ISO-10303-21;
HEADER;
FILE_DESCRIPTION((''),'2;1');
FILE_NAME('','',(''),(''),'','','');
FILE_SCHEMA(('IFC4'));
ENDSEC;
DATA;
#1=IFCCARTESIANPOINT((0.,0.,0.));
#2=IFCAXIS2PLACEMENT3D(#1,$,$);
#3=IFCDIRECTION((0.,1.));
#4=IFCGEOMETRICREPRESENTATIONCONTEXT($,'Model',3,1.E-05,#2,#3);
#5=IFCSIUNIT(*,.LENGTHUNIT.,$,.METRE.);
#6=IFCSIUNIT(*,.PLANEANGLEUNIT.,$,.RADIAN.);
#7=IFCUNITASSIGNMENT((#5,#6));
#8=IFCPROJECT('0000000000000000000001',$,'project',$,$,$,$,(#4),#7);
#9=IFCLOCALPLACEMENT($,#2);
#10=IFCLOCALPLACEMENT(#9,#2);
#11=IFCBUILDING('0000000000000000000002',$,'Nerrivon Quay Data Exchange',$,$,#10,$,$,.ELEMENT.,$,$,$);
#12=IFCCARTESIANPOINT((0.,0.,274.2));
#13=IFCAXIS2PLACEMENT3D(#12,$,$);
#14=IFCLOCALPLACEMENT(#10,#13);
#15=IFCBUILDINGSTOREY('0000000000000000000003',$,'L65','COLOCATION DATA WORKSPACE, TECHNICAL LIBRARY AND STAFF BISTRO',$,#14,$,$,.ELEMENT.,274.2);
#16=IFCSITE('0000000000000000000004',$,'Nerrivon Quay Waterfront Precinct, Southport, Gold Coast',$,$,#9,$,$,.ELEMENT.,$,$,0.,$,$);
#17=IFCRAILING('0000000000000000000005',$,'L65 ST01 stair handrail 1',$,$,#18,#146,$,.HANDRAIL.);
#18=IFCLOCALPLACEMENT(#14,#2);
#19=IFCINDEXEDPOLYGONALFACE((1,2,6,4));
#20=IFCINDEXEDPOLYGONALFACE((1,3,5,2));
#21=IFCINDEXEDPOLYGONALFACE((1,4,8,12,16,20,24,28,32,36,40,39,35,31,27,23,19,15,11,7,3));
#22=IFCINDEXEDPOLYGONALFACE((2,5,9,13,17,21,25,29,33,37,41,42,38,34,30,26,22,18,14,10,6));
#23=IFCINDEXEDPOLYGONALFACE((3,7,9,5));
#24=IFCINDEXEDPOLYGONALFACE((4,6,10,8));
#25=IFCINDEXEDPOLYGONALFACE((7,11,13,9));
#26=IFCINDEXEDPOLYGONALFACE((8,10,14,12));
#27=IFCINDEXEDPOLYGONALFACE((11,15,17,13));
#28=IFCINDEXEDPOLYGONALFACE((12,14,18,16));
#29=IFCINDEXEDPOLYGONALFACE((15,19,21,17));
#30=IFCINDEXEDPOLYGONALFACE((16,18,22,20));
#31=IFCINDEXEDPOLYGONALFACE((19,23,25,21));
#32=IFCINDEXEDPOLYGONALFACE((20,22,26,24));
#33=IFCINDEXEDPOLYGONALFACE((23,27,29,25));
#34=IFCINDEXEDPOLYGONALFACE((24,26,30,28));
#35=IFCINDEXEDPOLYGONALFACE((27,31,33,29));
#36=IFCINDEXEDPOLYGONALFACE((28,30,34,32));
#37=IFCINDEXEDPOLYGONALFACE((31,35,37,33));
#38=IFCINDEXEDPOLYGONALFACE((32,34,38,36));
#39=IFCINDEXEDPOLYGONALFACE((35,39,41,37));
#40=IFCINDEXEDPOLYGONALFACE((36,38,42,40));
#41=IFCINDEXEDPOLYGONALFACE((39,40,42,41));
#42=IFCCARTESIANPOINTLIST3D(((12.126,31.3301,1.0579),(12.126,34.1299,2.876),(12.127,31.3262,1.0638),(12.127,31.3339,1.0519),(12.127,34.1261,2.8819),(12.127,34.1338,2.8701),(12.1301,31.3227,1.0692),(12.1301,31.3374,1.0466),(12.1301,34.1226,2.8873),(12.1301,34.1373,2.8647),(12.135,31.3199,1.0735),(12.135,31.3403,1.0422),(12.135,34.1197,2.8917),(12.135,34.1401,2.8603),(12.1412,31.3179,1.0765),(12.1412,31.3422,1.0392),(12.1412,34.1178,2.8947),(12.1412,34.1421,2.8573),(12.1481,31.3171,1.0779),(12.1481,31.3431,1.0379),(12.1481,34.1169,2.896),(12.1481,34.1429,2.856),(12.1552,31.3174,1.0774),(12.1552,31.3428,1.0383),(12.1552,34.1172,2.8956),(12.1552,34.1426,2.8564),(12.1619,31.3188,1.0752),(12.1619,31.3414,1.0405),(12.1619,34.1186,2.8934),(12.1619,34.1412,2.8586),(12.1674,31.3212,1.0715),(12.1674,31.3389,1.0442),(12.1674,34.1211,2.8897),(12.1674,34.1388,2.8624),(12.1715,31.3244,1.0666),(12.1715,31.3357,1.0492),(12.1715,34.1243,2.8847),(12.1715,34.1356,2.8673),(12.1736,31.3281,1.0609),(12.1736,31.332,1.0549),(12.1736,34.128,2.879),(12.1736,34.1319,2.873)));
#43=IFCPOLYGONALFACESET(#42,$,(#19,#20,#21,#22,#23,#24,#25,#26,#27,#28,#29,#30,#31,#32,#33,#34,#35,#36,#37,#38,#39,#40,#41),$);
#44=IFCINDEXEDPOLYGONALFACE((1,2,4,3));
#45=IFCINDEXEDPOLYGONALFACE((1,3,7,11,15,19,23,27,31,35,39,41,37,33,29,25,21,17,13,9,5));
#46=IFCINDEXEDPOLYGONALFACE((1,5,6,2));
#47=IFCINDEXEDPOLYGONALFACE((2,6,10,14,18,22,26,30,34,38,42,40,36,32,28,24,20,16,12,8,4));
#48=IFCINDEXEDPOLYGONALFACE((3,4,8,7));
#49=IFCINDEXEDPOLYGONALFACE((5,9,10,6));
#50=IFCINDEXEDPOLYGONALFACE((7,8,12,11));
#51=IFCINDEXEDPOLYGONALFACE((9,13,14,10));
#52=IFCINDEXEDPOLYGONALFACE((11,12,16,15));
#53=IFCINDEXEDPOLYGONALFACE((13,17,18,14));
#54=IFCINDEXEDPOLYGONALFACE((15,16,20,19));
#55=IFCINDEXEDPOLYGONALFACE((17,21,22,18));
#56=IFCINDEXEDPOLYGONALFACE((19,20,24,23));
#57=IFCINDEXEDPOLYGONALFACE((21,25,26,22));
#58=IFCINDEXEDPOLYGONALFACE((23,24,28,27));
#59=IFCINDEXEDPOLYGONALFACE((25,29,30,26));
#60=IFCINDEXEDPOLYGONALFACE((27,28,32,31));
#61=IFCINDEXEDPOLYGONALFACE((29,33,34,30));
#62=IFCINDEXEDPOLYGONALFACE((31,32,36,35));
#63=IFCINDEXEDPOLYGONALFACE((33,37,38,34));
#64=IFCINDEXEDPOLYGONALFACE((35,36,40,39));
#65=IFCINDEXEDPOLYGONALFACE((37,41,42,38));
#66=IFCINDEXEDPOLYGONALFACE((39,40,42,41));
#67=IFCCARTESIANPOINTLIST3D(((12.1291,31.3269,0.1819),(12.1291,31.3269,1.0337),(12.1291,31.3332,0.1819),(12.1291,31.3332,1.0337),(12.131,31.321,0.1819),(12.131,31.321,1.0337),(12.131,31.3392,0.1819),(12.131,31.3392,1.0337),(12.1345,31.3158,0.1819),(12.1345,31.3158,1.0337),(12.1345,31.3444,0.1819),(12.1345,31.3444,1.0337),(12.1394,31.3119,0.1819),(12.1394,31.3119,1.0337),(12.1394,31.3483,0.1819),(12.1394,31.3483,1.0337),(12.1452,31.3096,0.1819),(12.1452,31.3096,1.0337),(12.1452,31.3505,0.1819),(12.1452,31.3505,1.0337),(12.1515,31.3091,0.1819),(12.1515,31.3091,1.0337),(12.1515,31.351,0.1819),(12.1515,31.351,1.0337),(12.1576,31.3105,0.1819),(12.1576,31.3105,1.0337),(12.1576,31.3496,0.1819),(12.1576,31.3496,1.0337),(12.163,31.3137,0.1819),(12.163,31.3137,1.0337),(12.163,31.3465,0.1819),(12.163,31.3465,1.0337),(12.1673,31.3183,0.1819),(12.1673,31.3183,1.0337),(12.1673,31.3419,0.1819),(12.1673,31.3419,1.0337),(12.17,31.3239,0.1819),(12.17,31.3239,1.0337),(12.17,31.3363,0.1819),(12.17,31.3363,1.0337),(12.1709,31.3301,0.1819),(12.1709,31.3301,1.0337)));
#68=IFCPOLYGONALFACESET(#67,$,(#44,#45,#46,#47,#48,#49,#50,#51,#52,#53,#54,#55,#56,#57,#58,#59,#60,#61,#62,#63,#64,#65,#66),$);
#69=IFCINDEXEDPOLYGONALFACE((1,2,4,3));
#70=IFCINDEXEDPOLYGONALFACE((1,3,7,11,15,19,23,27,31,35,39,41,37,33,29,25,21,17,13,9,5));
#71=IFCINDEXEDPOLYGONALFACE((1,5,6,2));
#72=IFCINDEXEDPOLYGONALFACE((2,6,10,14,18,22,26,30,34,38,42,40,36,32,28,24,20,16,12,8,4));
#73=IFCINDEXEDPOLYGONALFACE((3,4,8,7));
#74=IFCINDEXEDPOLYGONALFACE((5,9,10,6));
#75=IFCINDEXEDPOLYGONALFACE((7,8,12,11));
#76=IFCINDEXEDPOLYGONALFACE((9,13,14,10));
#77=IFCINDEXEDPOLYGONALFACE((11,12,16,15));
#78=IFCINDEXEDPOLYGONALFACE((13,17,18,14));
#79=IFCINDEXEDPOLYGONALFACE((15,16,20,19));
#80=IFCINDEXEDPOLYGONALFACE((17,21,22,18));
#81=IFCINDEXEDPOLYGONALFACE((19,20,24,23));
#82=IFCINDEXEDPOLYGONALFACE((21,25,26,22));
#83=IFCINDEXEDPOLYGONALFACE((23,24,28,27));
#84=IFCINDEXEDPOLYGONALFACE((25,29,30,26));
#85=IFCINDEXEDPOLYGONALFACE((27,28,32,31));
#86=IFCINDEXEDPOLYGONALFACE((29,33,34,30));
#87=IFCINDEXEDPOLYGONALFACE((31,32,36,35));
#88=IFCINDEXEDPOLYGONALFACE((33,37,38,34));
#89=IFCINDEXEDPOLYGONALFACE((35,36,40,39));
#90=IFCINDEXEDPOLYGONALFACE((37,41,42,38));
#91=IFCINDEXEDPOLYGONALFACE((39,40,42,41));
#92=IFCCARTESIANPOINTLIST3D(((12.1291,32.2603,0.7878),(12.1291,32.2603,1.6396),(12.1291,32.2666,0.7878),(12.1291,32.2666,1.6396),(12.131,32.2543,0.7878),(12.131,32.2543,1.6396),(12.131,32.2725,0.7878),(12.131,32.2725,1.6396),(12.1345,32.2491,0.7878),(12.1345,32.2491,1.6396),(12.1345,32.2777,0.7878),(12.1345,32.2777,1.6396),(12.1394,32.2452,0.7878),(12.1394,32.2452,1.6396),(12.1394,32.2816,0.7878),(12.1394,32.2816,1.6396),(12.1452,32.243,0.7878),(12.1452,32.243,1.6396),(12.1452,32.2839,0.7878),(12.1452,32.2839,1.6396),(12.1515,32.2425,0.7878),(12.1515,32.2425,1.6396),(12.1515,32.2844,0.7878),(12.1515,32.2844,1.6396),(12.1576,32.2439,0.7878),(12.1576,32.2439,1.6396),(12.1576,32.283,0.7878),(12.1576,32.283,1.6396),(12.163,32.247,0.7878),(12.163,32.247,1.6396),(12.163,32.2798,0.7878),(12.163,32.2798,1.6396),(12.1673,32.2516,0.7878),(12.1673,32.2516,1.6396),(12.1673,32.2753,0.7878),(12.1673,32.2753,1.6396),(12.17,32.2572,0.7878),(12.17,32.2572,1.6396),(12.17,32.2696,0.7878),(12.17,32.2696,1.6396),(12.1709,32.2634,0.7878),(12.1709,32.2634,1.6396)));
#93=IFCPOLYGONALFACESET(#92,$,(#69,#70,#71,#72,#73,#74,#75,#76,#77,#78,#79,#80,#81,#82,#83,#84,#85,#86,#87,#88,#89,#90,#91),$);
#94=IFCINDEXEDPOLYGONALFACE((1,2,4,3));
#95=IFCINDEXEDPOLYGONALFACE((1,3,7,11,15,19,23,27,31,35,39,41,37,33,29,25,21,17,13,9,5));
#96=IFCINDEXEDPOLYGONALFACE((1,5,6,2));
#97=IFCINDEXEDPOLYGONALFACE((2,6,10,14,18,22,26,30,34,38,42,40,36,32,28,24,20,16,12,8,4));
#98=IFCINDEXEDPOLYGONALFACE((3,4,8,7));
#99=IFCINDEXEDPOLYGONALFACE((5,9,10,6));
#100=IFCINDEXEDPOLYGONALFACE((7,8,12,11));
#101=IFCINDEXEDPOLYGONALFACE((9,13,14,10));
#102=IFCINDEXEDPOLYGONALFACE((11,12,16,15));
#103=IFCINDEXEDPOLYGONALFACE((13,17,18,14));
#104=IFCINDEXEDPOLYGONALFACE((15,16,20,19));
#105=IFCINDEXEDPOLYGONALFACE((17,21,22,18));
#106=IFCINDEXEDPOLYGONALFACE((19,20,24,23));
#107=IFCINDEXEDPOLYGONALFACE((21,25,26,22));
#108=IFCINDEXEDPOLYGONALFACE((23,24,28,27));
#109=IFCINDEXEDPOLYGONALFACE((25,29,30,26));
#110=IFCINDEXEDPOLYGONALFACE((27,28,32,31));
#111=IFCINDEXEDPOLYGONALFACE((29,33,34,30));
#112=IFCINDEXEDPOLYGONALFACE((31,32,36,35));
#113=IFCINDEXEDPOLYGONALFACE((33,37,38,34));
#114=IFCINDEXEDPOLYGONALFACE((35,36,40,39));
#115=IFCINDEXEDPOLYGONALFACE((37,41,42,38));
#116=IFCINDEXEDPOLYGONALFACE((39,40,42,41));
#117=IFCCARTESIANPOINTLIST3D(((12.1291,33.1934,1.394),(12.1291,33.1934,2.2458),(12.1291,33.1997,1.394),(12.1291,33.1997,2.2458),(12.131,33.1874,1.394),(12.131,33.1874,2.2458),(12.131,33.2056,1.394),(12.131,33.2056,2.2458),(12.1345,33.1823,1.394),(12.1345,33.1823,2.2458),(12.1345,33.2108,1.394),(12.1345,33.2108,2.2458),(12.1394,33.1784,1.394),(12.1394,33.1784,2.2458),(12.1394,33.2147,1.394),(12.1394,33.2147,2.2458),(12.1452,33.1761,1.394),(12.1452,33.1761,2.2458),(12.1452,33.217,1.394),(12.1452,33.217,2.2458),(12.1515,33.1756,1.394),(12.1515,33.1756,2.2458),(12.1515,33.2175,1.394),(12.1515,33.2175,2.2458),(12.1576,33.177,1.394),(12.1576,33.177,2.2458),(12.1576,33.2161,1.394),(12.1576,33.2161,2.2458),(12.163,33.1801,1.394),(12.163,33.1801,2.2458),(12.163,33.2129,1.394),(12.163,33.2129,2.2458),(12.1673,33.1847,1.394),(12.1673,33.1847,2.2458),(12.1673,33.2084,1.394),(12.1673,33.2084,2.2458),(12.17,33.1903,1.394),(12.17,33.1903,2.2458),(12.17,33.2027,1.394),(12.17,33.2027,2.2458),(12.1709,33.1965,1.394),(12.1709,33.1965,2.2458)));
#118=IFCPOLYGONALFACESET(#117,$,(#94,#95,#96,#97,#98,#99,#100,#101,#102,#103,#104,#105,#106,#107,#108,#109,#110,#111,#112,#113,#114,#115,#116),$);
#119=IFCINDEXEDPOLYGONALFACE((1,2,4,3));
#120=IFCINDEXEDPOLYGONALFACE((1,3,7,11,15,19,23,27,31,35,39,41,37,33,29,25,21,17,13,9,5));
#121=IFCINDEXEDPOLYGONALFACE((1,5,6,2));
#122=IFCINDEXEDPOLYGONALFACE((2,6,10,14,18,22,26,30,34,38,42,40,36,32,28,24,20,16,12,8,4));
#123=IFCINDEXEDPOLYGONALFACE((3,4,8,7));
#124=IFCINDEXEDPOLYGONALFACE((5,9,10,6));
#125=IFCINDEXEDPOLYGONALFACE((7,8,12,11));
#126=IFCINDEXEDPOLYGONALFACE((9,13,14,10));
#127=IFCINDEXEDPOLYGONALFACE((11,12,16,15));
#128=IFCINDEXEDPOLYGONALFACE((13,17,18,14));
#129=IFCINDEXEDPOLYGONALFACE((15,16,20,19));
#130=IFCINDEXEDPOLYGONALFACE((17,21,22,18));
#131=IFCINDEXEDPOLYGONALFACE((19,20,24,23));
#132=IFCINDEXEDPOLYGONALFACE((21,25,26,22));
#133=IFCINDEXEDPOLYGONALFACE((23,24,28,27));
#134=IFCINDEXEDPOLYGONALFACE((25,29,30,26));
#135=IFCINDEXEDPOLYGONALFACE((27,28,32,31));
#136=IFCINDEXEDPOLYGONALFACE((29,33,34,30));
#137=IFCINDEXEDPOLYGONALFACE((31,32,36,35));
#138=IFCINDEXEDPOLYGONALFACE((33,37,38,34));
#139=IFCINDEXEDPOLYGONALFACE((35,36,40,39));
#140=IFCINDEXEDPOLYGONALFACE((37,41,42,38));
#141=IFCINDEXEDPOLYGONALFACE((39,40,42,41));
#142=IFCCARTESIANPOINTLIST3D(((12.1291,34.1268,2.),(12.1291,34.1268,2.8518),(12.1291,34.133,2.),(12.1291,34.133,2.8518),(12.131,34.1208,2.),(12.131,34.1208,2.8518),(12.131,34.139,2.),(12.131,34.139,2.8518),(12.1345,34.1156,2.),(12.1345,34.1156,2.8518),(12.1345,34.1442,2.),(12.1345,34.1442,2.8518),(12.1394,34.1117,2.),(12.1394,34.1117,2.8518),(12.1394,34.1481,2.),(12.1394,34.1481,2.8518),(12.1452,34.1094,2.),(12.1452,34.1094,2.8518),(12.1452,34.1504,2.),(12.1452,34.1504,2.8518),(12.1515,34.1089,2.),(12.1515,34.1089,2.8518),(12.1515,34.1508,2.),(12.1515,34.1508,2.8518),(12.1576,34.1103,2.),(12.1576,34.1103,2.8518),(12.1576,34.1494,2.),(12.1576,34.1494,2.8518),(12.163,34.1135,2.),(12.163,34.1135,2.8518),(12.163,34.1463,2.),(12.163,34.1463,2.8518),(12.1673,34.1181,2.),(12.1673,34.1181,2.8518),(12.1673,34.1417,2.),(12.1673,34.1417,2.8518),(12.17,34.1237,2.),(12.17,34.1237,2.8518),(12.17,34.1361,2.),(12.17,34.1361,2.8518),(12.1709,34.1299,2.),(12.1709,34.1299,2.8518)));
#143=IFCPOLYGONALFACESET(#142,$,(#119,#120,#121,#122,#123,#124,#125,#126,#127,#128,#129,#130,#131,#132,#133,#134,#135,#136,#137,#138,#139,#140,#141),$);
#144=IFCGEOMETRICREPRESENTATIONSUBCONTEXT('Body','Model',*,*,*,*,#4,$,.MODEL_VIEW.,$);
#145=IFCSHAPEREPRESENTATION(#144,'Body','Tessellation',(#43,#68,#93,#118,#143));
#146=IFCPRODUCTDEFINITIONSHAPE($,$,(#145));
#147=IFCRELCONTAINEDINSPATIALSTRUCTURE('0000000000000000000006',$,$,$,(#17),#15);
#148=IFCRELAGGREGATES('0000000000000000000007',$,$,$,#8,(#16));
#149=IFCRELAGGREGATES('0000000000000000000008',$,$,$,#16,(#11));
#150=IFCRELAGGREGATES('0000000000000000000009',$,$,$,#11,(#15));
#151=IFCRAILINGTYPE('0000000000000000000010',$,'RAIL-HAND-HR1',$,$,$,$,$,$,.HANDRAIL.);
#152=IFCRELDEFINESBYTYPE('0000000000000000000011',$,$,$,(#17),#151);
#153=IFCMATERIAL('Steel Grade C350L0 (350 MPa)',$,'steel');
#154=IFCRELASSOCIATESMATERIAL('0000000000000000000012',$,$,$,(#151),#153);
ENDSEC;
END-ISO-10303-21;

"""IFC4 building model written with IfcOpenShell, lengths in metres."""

from ifc_helpers import new_model, si_unit, direction, frame, origin, origin_2d, place, context, subcontext, project, spatial, circle, extrude, material, type_object, element, save


model = new_model("IFC4")

# Units and contexts
model_context = context("Model", 3, precision=1e-05, world=origin(), true_north=direction((0.0, 1.0)))
body_context = subcontext(model_context, "Body", "Model", "MODEL_VIEW")
ifc_project = project(units=[si_unit("LENGTHUNIT", "METRE"), si_unit("PLANEANGLEUNIT", "RADIAN")], contexts=[model_context])

# Site, building, storey
site_placement = place(None, origin())
site = spatial("IfcSite", under=ifc_project, at=site_placement, Name="Nerrivon Quay Waterfront Precinct, Southport, Gold Coast", CompositionType="ELEMENT", RefElevation=0.0)
building_placement = place(site_placement, origin())
building = spatial("IfcBuilding", under=site, at=building_placement, Name="Nerrivon Quay Data Exchange", CompositionType="ELEMENT")
storey_placement = place(building_placement, frame((0.0, 0.0, 274.2)))
storey = spatial("IfcBuildingStorey", under=building, at=storey_placement, Name="L65", Description="COLOCATION DATA WORKSPACE, TECHNICAL LIBRARY AND STAFF BISTRO", CompositionType="ELEMENT", Elevation=274.2)

# Railing
ifc_material_1 = material(Name="Steel Grade C350L0 (350 MPa)", Category="steel")
railing_type_1 = type_object("IfcRailingType", Name="RAIL-HAND-HR1", PredefinedType="HANDRAIL", material=ifc_material_1)
railing_1_placement = place(storey_placement, frame((12.1499, 31.3301, 0.1819)))
element("IfcRailing", 1, at=railing_1_placement, inside=storey, type_object=railing_type_1, Name="L65 ST01 stair handrail 1", PredefinedType="HANDRAIL", context=body_context, shape_type="SweptSolid", body=[
    extrude(circle(Radius=0.0239, at=origin_2d()), frame((0.0, 0.0, 0.876), z_axis=(0.0, 0.838684, 0.544618), x_axis=(-1.0, 0.0, 0.0)), (0.0, 0.0, 1.0), 3.3384),
    extrude(circle(Radius=0.021, at=origin_2d()), origin(), (0.0, 0.0, 1.0), 0.8518),
    extrude(circle(Radius=0.021, at=origin_2d()), frame((0.0, 0.9333, 0.606)), (0.0, 0.0, 1.0), 0.8518),
    extrude(circle(Radius=0.021, at=origin_2d()), frame((0.0, 1.8665, 1.2122)), (0.0, 0.0, 1.0), 0.8518),
    extrude(circle(Radius=0.021, at=origin_2d()), frame((0.0, 2.7998, 1.8181)), (0.0, 0.0, 1.0), 0.8518),
])

save(model, "model.ifc")
